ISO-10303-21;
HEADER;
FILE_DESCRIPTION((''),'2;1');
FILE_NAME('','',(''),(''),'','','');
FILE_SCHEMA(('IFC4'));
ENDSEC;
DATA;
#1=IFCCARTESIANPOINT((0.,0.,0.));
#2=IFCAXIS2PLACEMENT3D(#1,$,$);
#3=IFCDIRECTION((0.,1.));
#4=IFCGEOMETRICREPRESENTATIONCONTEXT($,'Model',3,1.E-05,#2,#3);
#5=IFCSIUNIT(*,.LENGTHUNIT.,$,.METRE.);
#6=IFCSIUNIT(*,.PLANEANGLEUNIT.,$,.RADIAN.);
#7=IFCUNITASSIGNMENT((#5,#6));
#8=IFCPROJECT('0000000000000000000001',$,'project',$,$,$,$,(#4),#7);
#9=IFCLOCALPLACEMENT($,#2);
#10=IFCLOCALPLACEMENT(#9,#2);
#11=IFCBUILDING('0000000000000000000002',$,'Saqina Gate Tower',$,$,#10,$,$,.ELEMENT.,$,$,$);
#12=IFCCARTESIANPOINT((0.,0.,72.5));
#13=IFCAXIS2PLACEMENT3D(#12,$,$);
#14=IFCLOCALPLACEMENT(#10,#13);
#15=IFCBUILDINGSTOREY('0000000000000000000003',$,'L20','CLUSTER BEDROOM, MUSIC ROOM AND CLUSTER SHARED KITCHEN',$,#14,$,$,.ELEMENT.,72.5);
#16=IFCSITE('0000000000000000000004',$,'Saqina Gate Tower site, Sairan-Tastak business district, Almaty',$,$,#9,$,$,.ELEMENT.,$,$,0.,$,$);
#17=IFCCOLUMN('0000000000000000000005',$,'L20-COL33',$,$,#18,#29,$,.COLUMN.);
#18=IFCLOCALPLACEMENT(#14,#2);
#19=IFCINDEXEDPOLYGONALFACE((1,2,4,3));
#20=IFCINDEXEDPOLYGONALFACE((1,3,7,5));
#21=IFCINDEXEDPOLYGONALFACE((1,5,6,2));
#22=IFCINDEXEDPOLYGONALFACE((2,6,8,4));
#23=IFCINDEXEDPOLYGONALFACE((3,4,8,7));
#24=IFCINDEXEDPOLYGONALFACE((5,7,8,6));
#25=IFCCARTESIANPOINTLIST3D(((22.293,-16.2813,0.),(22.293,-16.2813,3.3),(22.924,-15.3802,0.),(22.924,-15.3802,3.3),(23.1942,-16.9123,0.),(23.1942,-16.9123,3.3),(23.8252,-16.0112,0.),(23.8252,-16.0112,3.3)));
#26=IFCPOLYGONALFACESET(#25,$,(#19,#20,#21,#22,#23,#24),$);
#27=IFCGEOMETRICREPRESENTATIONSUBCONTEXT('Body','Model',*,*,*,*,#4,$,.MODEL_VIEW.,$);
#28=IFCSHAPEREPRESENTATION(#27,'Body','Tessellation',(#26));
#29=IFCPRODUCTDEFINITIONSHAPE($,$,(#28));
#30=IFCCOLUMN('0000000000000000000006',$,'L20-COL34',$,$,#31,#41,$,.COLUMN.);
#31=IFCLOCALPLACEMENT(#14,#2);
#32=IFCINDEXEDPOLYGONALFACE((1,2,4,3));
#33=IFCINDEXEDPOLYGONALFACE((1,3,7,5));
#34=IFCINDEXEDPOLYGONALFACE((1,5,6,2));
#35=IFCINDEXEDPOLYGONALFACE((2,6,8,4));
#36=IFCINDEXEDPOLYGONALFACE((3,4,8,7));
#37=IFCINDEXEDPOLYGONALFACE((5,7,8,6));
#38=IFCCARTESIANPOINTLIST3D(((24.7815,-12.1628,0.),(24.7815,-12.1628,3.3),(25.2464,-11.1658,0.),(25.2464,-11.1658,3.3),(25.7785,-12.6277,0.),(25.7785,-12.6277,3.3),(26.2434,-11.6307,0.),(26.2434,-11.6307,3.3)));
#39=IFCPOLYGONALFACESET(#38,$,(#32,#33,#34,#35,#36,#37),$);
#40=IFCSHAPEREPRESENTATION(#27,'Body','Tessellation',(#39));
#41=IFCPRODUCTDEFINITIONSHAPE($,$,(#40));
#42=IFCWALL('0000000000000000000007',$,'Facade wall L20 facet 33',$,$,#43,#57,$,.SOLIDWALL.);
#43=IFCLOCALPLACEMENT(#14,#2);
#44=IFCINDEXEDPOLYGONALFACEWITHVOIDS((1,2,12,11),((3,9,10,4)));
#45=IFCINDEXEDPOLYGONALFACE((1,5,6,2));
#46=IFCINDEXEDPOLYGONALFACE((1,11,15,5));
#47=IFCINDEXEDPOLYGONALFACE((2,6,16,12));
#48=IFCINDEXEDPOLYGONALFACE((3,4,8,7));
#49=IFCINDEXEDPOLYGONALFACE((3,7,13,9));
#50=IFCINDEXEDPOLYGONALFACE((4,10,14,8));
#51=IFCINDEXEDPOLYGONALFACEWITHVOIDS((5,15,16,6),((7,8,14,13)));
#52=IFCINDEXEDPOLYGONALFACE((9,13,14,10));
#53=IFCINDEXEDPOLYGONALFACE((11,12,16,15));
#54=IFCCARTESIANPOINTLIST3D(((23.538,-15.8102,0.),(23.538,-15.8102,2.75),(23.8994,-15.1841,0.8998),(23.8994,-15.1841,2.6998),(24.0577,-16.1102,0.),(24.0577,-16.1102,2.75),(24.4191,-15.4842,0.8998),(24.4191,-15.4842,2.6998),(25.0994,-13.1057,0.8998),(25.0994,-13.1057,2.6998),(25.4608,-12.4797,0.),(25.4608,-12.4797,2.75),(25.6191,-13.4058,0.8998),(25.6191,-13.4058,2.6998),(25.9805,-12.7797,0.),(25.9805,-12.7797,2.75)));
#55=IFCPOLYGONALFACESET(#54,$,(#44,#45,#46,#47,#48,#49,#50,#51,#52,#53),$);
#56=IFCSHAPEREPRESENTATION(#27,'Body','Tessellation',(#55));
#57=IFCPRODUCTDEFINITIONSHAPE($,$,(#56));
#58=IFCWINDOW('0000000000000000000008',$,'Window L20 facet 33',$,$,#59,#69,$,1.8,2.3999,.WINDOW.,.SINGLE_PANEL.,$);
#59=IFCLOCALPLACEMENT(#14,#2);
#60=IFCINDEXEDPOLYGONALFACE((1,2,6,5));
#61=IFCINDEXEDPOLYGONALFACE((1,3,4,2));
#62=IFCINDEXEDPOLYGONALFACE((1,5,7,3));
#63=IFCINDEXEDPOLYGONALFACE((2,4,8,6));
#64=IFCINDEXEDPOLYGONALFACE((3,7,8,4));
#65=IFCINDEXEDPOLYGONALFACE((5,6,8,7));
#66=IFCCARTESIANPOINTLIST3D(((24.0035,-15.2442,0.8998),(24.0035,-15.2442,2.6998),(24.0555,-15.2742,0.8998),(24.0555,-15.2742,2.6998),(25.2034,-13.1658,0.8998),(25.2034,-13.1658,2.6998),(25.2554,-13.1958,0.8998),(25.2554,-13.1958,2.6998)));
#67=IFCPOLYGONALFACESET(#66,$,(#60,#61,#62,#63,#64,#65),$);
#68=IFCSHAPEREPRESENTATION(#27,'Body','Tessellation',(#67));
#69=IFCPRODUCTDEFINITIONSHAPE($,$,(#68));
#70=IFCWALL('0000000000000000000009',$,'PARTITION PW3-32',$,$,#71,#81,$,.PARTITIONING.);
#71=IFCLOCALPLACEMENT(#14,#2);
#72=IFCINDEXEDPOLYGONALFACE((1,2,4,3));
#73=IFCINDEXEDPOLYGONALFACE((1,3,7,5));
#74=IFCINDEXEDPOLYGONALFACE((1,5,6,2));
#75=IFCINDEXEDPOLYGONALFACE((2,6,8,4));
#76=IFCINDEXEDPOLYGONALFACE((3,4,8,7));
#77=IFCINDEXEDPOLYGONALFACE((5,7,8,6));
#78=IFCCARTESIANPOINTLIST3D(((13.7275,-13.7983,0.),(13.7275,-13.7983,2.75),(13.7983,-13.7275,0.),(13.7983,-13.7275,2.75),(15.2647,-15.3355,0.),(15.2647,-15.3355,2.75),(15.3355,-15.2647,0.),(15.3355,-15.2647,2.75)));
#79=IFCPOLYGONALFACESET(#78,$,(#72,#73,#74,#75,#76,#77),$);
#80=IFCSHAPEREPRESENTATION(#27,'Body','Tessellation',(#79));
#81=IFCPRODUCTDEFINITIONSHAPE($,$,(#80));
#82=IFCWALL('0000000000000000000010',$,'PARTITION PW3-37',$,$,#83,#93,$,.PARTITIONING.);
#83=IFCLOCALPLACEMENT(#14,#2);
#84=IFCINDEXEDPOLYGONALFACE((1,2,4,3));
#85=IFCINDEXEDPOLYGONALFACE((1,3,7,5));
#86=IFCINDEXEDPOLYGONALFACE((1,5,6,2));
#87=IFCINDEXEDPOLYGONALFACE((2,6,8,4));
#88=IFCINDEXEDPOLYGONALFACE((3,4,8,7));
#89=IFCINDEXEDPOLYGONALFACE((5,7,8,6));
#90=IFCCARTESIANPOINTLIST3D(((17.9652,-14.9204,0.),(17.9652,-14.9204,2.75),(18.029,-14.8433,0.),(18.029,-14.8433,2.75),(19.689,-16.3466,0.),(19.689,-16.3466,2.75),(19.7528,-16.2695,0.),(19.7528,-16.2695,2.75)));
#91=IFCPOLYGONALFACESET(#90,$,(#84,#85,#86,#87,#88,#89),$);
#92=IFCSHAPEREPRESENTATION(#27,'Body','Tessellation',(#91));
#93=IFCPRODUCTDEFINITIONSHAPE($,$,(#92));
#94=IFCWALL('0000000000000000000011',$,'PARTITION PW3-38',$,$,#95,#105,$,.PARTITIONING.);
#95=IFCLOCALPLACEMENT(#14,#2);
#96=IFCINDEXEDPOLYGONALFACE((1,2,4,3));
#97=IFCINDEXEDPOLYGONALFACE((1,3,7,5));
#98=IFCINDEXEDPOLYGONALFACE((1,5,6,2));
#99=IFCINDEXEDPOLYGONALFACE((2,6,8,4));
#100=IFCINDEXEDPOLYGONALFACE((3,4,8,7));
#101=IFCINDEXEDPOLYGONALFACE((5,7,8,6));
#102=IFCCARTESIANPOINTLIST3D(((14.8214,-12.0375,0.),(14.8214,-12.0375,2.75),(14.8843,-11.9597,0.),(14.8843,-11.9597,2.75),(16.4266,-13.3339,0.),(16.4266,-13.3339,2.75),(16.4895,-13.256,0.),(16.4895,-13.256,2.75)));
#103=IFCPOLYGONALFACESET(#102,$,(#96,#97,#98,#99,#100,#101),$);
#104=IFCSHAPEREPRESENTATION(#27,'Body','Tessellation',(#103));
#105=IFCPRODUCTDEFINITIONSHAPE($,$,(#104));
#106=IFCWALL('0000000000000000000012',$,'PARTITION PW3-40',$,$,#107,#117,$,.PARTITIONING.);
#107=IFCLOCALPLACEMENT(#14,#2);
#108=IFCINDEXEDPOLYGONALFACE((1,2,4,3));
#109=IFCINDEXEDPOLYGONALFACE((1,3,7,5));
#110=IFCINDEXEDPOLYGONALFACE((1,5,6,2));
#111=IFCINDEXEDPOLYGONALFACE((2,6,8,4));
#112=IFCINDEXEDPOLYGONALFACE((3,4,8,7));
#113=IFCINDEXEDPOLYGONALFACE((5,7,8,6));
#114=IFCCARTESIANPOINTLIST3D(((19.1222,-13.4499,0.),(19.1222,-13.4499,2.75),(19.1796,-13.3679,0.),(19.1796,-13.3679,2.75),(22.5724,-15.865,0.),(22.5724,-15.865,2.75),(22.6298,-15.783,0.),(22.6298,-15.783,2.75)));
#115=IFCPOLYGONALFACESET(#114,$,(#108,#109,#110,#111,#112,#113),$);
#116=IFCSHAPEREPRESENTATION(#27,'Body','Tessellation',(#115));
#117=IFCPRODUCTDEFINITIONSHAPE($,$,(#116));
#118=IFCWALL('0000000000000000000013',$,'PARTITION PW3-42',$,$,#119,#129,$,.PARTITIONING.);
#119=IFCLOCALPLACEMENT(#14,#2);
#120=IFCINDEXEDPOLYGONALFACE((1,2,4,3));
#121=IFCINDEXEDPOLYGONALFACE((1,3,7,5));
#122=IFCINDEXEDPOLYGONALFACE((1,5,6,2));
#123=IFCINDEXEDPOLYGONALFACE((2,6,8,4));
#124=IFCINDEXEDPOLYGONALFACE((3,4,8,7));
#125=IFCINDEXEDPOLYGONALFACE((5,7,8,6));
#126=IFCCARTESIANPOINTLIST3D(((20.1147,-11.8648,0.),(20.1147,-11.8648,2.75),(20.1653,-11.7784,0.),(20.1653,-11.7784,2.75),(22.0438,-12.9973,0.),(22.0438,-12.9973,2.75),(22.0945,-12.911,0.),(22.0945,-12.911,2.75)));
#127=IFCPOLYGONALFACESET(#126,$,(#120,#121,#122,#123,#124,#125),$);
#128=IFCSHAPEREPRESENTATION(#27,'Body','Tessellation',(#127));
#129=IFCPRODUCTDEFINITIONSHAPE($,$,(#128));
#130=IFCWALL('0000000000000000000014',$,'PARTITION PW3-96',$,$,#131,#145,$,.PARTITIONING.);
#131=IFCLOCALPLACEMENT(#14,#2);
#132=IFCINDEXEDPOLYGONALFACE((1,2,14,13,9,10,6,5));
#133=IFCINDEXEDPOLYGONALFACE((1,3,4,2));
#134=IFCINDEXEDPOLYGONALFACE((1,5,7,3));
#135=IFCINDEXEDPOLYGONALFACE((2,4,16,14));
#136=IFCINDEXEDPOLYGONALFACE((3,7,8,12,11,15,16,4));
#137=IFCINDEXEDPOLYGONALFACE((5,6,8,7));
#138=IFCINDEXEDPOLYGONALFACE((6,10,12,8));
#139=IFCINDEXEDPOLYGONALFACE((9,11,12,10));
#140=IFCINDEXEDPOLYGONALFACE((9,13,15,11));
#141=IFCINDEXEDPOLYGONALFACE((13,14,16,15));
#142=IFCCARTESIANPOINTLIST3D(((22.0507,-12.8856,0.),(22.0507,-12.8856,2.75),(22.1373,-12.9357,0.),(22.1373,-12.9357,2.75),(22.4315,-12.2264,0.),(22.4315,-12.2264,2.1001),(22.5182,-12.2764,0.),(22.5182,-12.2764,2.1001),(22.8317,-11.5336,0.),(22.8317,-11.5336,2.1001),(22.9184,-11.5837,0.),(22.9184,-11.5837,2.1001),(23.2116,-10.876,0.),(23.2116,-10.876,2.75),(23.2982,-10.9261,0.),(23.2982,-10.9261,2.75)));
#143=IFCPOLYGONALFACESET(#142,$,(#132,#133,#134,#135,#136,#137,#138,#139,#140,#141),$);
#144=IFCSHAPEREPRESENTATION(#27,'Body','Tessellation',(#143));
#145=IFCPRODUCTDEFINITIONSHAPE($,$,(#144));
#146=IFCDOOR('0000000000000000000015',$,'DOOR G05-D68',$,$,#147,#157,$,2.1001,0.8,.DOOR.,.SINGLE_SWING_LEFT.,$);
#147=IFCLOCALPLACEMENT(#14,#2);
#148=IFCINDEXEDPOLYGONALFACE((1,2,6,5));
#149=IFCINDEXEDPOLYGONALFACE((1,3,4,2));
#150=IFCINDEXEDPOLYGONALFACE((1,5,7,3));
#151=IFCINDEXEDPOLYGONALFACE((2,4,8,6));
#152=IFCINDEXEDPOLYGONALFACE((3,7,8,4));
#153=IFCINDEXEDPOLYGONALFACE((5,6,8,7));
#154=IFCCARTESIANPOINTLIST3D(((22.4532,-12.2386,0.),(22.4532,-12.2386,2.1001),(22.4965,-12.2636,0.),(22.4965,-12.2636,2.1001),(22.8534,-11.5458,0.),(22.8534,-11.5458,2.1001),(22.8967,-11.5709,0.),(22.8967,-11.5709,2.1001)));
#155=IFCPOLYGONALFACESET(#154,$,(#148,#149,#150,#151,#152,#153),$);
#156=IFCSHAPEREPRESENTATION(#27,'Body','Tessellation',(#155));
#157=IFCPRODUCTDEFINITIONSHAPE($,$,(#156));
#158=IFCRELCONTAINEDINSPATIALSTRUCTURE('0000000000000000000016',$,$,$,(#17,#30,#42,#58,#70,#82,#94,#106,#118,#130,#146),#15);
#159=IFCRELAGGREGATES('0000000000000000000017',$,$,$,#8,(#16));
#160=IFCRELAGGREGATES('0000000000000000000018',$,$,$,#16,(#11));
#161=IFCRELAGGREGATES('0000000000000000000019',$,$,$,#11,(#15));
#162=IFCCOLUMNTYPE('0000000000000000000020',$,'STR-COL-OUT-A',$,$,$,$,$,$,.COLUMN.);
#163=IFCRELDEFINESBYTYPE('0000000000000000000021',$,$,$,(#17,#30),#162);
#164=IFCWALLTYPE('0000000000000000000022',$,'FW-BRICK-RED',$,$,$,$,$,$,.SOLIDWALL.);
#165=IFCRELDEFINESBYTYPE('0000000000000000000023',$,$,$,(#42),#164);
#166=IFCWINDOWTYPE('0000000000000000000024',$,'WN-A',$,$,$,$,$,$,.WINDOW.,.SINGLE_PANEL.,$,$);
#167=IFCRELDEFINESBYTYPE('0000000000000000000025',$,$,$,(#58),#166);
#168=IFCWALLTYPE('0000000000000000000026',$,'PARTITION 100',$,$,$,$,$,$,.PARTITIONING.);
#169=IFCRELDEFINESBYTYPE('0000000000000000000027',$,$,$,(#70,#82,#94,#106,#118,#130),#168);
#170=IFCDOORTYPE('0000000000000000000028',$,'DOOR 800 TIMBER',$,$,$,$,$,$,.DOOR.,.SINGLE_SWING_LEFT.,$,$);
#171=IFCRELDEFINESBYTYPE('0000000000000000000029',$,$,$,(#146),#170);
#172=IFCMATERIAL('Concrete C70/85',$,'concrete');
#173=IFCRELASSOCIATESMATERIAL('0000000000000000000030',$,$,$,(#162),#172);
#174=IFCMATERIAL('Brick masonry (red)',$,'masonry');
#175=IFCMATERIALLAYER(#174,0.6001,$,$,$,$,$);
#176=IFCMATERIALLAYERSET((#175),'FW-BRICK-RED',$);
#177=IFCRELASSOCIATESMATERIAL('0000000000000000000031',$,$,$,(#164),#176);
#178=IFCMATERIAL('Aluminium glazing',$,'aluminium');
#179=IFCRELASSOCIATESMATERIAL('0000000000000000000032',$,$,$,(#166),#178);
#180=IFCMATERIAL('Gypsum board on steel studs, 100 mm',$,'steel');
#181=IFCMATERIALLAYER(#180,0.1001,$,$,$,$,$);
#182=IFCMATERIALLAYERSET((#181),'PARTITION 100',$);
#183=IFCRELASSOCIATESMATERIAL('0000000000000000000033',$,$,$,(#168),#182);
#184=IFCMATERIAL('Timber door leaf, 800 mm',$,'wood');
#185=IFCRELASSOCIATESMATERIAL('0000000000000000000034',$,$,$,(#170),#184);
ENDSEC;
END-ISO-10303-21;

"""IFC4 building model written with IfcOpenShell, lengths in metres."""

from ifc_helpers import new_model, si_unit, direction, frame, frame_2d, origin, origin_2d, place, context, subcontext, project, spatial, rectangle, extrude, material, layer, layer_set, material_profile, profile_set, type_object, element, fill, save


model = new_model("IFC4")

# Units and contexts
model_context = context("Model", 3, precision=1e-05, world=origin(), true_north=direction((0.0, 1.0)))
body_context = subcontext(model_context, "Body", "Model", "MODEL_VIEW")
ifc_project = project(units=[si_unit("LENGTHUNIT", "METRE"), si_unit("PLANEANGLEUNIT", "RADIAN")], contexts=[model_context])

# Site, building, storey
site_placement = place(None, origin())
site = spatial("IfcSite", under=ifc_project, at=site_placement, Name="Saqina Gate Tower site, Sairan-Tastak business district, Almaty", CompositionType="ELEMENT", RefElevation=0.0)
building_placement = place(site_placement, origin())
building = spatial("IfcBuilding", under=site, at=building_placement, Name="Saqina Gate Tower", CompositionType="ELEMENT")
storey_placement = place(building_placement, frame((0.0, 0.0, 72.5)))
storey = spatial("IfcBuildingStorey", under=building, at=storey_placement, Name="L20", Description="CLUSTER BEDROOM, MUSIC ROOM AND CLUSTER SHARED KITCHEN", CompositionType="ELEMENT", Elevation=72.5)

# Columns
ifc_material_1 = material(Name="Concrete C70/85", Category="concrete")
ifc_material_profile = material_profile(ifc_material_1, rectangle(XDim=1.1001, YDim=1.1001, at=origin_2d()), Name="RC 1100x1100")
ifc_profile_set = profile_set([ifc_material_profile], Name="Concrete C70/85")
column_type = type_object("IfcColumnType", Name="STR-COL-OUT-A", PredefinedType="COLUMN", material=ifc_profile_set)
for number, where, z_axis, x_axis, name in (
    (1, (23.0591, -16.1462, 0.0), (0.0, 0.0, 1.0), (0.819152, -0.573576, 0.0), "L20-COL33"),
    (2, (25.5125, -11.8967, 0.0), (0.0, 0.0, 1.0), (0.906308, -0.422618, 0.0), "L20-COL34"),
):
    element("IfcColumn", number, at=place(storey_placement, frame(where, z_axis=z_axis, x_axis=x_axis)), inside=storey, type_object=column_type, Name=name, PredefinedType="COLUMN", context=body_context, shape_type="SweptSolid", body=[
        extrude(rectangle(XDim=1.1001, YDim=1.1001, at=origin_2d()), origin(), (0.0, 0.0, 1.0), 3.3),
    ])

# Wall, opening, window
ifc_material_2 = material(Name="Brick masonry (red)", Category="masonry")
ifc_layer_1 = layer(ifc_material_2, 0.6001)
ifc_layer_set_1 = layer_set([ifc_layer_1], Name="FW-BRICK-RED")
wall_type_1 = type_object("IfcWallType", Name="FW-BRICK-RED", PredefinedType="SOLIDWALL", material=ifc_layer_set_1)
wall_1_placement = place(storey_placement, frame((23.7979, -15.9602, 0.0), z_axis=(0.0, 0.0, 1.0), x_axis=(0.49999, 0.866031, 0.0)))
wall_1 = element("IfcWall", 3, at=wall_1_placement, inside=storey, type_object=wall_type_1, Name="Facade wall L20 facet 33", PredefinedType="SOLIDWALL", context=body_context, shape_type="SweptSolid", body=[
    extrude(rectangle(XDim=3.8457, YDim=0.6001, at=frame_2d((1.9229, 0.0))), origin(), (0.0, 0.0, 1.0), 2.75),
])
opening_1_placement = place(wall_1_placement, frame((0.7229, 0.0, 0.8999)))
opening_1 = element("IfcOpeningElement", 4, at=opening_1_placement, cuts=wall_1, PredefinedType="OPENING", context=body_context, shape_type="SweptSolid", body=[
    extrude(rectangle(XDim=2.3999, YDim=1.8, at=frame_2d((1.2, 0.8999))), frame((0.0, 0.312, 0.0), z_axis=(0.0, -1.0, 0.0), x_axis=(1.0, 0.0, 0.0)), (0.0, 0.0, 1.0), 0.624),
])
ifc_material_3 = material(Name="Aluminium glazing", Category="aluminium")
window_type = type_object("IfcWindowType", Name="WN-A", PartitioningType="SINGLE_PANEL", PredefinedType="WINDOW", material=ifc_material_3)
window_placement = place(opening_1_placement, origin())
window = element("IfcWindow", 5, at=window_placement, inside=storey, type_object=window_type, Name="Window L20 facet 33", OverallHeight=1.8, OverallWidth=2.3999, PartitioningType="SINGLE_PANEL", PredefinedType="WINDOW", context=body_context, shape_type="SweptSolid", body=[
    extrude(rectangle(XDim=2.3999, YDim=1.8, at=frame_2d((1.2, 0.8999))), frame((0.0, 0.1799, 0.0), z_axis=(0.0, -1.0, 0.0), x_axis=(1.0, 0.0, 0.0)), (0.0, 0.0, 1.0), 0.0601),
])
fill(opening_1, window)

# Walls
ifc_material_4 = material(Name="Gypsum board on steel studs, 100 mm", Category="steel")
ifc_layer_2 = layer(ifc_material_4, 0.1001)
ifc_layer_set_2 = layer_set([ifc_layer_2], Name="PARTITION 100")
wall_type_2 = type_object("IfcWallType", Name="PARTITION 100", PredefinedType="PARTITIONING", material=ifc_layer_set_2)
wall_2_placement = place(storey_placement, frame((13.7629, -13.7629, 0.0), z_axis=(0.0, 0.0, 1.0), x_axis=(0.707107, -0.707107, 0.0)))
element("IfcWall", 6, at=wall_2_placement, inside=storey, type_object=wall_type_2, Name="PARTITION PW3-32", PredefinedType="PARTITIONING", context=body_context, shape_type="SweptSolid", body=[
    extrude(rectangle(XDim=2.1738, YDim=0.1001, at=frame_2d((1.0869, 0.0))), origin(), (0.0, 0.0, 1.0), 2.75),
])
wall_3_placement = place(storey_placement, frame((17.9971, -14.8818, 0.0), z_axis=(0.0, 0.0, 1.0), x_axis=(0.770479, -0.637465, 0.0)))
element("IfcWall", 7, at=wall_3_placement, inside=storey, type_object=wall_type_2, Name="PARTITION PW3-37", PredefinedType="PARTITIONING", context=body_context, shape_type="SweptSolid", body=[
    extrude(rectangle(XDim=2.2373, YDim=0.1001, at=frame_2d((1.1187, 0.0))), origin(), (0.0, 0.0, 1.0), 2.75),
])
wall_4_placement = place(storey_placement, frame((14.8528, -11.9985, 0.0), z_axis=(0.0, 0.0, 1.0), x_axis=(0.777975, -0.628296, 0.0)))
element("IfcWall", 8, at=wall_4_placement, inside=storey, type_object=wall_type_2, Name="PARTITION PW3-38", PredefinedType="PARTITIONING", context=body_context, shape_type="SweptSolid", body=[
    extrude(rectangle(XDim=2.0632, YDim=0.1001, at=frame_2d((1.0317, 0.0))), origin(), (0.0, 0.0, 1.0), 2.75),
])
wall_5_placement = place(storey_placement, frame((19.1509, -13.4089, 0.0), z_axis=(0.0, 0.0, 1.0), x_axis=(0.819243, -0.573447, 0.0)))
element("IfcWall", 9, at=wall_5_placement, inside=storey, type_object=wall_type_2, Name="PARTITION PW3-40", PredefinedType="PARTITIONING", context=body_context, shape_type="SweptSolid", body=[
    extrude(rectangle(XDim=4.2114, YDim=0.1001, at=frame_2d((2.1057, 0.0))), origin(), (0.0, 0.0, 1.0), 2.75),
])
wall_6_placement = place(storey_placement, frame((20.1399, -11.8215, 0.0), z_axis=(0.0, 0.0, 1.0), x_axis=(0.862374, -0.506271, 0.0)))
element("IfcWall", 10, at=wall_6_placement, inside=storey, type_object=wall_type_2, Name="PARTITION PW3-42", PredefinedType="PARTITIONING", context=body_context, shape_type="SweptSolid", body=[
    extrude(rectangle(XDim=2.2371, YDim=0.1001, at=frame_2d((1.1187, 0.0))), origin(), (0.0, 0.0, 1.0), 2.75),
])

# Wall, opening, door
wall_7_placement = place(storey_placement, frame((22.094, -12.9106, 0.0), z_axis=(0.0, 0.0, 1.0), x_axis=(0.500223, 0.865896, 0.0)))
wall_7 = element("IfcWall", 11, at=wall_7_placement, inside=storey, type_object=wall_type_2, Name="PARTITION PW3-96", PredefinedType="PARTITIONING", context=body_context, shape_type="SweptSolid", body=[
    extrude(rectangle(XDim=2.3208, YDim=0.1001, at=frame_2d((1.1604, 0.0))), origin(), (0.0, 0.0, 1.0), 2.75),
])
opening_2_placement = place(wall_7_placement, frame((0.7615, 0.0, 0.0)))
opening_2 = element("IfcOpeningElement", 12, at=opening_2_placement, cuts=wall_7, PredefinedType="OPENING", context=body_context, shape_type="SweptSolid", body=[
    extrude(rectangle(XDim=0.8, YDim=2.1001, at=frame_2d((0.3999, 1.05))), frame((0.0, 0.062, 0.0), z_axis=(0.0, -1.0, 0.0), x_axis=(1.0, 0.0, 0.0)), (0.0, 0.0, 1.0), 0.124),
])
ifc_material_5 = material(Name="Timber door leaf, 800 mm", Category="wood")
door_type_1 = type_object("IfcDoorType", Name="DOOR 800 TIMBER", OperationType="SINGLE_SWING_LEFT", PredefinedType="DOOR", material=ifc_material_5)
door_1_placement = place(opening_2_placement, frame((0.8, 0.0, 0.0), z_axis=(0.0, 0.0, 1.0), x_axis=(-1.0, 0.0, 0.0)))
door_1 = element("IfcDoor", 13, at=door_1_placement, inside=storey, type_object=door_type_1, Name="DOOR G05-D68", OperationType="SINGLE_SWING_LEFT", OverallHeight=2.1001, OverallWidth=0.8, PredefinedType="DOOR", context=body_context, shape_type="SweptSolid", body=[
    extrude(rectangle(XDim=0.8, YDim=2.1001, at=frame_2d((0.3999, 1.05))), frame((0.0, 0.0249, 0.0), z_axis=(0.0, -1.0, 0.0), x_axis=(1.0, 0.0, 0.0)), (0.0, 0.0, 1.0), 0.05),
])
fill(opening_2, door_1)

save(model, "model.ifc")
